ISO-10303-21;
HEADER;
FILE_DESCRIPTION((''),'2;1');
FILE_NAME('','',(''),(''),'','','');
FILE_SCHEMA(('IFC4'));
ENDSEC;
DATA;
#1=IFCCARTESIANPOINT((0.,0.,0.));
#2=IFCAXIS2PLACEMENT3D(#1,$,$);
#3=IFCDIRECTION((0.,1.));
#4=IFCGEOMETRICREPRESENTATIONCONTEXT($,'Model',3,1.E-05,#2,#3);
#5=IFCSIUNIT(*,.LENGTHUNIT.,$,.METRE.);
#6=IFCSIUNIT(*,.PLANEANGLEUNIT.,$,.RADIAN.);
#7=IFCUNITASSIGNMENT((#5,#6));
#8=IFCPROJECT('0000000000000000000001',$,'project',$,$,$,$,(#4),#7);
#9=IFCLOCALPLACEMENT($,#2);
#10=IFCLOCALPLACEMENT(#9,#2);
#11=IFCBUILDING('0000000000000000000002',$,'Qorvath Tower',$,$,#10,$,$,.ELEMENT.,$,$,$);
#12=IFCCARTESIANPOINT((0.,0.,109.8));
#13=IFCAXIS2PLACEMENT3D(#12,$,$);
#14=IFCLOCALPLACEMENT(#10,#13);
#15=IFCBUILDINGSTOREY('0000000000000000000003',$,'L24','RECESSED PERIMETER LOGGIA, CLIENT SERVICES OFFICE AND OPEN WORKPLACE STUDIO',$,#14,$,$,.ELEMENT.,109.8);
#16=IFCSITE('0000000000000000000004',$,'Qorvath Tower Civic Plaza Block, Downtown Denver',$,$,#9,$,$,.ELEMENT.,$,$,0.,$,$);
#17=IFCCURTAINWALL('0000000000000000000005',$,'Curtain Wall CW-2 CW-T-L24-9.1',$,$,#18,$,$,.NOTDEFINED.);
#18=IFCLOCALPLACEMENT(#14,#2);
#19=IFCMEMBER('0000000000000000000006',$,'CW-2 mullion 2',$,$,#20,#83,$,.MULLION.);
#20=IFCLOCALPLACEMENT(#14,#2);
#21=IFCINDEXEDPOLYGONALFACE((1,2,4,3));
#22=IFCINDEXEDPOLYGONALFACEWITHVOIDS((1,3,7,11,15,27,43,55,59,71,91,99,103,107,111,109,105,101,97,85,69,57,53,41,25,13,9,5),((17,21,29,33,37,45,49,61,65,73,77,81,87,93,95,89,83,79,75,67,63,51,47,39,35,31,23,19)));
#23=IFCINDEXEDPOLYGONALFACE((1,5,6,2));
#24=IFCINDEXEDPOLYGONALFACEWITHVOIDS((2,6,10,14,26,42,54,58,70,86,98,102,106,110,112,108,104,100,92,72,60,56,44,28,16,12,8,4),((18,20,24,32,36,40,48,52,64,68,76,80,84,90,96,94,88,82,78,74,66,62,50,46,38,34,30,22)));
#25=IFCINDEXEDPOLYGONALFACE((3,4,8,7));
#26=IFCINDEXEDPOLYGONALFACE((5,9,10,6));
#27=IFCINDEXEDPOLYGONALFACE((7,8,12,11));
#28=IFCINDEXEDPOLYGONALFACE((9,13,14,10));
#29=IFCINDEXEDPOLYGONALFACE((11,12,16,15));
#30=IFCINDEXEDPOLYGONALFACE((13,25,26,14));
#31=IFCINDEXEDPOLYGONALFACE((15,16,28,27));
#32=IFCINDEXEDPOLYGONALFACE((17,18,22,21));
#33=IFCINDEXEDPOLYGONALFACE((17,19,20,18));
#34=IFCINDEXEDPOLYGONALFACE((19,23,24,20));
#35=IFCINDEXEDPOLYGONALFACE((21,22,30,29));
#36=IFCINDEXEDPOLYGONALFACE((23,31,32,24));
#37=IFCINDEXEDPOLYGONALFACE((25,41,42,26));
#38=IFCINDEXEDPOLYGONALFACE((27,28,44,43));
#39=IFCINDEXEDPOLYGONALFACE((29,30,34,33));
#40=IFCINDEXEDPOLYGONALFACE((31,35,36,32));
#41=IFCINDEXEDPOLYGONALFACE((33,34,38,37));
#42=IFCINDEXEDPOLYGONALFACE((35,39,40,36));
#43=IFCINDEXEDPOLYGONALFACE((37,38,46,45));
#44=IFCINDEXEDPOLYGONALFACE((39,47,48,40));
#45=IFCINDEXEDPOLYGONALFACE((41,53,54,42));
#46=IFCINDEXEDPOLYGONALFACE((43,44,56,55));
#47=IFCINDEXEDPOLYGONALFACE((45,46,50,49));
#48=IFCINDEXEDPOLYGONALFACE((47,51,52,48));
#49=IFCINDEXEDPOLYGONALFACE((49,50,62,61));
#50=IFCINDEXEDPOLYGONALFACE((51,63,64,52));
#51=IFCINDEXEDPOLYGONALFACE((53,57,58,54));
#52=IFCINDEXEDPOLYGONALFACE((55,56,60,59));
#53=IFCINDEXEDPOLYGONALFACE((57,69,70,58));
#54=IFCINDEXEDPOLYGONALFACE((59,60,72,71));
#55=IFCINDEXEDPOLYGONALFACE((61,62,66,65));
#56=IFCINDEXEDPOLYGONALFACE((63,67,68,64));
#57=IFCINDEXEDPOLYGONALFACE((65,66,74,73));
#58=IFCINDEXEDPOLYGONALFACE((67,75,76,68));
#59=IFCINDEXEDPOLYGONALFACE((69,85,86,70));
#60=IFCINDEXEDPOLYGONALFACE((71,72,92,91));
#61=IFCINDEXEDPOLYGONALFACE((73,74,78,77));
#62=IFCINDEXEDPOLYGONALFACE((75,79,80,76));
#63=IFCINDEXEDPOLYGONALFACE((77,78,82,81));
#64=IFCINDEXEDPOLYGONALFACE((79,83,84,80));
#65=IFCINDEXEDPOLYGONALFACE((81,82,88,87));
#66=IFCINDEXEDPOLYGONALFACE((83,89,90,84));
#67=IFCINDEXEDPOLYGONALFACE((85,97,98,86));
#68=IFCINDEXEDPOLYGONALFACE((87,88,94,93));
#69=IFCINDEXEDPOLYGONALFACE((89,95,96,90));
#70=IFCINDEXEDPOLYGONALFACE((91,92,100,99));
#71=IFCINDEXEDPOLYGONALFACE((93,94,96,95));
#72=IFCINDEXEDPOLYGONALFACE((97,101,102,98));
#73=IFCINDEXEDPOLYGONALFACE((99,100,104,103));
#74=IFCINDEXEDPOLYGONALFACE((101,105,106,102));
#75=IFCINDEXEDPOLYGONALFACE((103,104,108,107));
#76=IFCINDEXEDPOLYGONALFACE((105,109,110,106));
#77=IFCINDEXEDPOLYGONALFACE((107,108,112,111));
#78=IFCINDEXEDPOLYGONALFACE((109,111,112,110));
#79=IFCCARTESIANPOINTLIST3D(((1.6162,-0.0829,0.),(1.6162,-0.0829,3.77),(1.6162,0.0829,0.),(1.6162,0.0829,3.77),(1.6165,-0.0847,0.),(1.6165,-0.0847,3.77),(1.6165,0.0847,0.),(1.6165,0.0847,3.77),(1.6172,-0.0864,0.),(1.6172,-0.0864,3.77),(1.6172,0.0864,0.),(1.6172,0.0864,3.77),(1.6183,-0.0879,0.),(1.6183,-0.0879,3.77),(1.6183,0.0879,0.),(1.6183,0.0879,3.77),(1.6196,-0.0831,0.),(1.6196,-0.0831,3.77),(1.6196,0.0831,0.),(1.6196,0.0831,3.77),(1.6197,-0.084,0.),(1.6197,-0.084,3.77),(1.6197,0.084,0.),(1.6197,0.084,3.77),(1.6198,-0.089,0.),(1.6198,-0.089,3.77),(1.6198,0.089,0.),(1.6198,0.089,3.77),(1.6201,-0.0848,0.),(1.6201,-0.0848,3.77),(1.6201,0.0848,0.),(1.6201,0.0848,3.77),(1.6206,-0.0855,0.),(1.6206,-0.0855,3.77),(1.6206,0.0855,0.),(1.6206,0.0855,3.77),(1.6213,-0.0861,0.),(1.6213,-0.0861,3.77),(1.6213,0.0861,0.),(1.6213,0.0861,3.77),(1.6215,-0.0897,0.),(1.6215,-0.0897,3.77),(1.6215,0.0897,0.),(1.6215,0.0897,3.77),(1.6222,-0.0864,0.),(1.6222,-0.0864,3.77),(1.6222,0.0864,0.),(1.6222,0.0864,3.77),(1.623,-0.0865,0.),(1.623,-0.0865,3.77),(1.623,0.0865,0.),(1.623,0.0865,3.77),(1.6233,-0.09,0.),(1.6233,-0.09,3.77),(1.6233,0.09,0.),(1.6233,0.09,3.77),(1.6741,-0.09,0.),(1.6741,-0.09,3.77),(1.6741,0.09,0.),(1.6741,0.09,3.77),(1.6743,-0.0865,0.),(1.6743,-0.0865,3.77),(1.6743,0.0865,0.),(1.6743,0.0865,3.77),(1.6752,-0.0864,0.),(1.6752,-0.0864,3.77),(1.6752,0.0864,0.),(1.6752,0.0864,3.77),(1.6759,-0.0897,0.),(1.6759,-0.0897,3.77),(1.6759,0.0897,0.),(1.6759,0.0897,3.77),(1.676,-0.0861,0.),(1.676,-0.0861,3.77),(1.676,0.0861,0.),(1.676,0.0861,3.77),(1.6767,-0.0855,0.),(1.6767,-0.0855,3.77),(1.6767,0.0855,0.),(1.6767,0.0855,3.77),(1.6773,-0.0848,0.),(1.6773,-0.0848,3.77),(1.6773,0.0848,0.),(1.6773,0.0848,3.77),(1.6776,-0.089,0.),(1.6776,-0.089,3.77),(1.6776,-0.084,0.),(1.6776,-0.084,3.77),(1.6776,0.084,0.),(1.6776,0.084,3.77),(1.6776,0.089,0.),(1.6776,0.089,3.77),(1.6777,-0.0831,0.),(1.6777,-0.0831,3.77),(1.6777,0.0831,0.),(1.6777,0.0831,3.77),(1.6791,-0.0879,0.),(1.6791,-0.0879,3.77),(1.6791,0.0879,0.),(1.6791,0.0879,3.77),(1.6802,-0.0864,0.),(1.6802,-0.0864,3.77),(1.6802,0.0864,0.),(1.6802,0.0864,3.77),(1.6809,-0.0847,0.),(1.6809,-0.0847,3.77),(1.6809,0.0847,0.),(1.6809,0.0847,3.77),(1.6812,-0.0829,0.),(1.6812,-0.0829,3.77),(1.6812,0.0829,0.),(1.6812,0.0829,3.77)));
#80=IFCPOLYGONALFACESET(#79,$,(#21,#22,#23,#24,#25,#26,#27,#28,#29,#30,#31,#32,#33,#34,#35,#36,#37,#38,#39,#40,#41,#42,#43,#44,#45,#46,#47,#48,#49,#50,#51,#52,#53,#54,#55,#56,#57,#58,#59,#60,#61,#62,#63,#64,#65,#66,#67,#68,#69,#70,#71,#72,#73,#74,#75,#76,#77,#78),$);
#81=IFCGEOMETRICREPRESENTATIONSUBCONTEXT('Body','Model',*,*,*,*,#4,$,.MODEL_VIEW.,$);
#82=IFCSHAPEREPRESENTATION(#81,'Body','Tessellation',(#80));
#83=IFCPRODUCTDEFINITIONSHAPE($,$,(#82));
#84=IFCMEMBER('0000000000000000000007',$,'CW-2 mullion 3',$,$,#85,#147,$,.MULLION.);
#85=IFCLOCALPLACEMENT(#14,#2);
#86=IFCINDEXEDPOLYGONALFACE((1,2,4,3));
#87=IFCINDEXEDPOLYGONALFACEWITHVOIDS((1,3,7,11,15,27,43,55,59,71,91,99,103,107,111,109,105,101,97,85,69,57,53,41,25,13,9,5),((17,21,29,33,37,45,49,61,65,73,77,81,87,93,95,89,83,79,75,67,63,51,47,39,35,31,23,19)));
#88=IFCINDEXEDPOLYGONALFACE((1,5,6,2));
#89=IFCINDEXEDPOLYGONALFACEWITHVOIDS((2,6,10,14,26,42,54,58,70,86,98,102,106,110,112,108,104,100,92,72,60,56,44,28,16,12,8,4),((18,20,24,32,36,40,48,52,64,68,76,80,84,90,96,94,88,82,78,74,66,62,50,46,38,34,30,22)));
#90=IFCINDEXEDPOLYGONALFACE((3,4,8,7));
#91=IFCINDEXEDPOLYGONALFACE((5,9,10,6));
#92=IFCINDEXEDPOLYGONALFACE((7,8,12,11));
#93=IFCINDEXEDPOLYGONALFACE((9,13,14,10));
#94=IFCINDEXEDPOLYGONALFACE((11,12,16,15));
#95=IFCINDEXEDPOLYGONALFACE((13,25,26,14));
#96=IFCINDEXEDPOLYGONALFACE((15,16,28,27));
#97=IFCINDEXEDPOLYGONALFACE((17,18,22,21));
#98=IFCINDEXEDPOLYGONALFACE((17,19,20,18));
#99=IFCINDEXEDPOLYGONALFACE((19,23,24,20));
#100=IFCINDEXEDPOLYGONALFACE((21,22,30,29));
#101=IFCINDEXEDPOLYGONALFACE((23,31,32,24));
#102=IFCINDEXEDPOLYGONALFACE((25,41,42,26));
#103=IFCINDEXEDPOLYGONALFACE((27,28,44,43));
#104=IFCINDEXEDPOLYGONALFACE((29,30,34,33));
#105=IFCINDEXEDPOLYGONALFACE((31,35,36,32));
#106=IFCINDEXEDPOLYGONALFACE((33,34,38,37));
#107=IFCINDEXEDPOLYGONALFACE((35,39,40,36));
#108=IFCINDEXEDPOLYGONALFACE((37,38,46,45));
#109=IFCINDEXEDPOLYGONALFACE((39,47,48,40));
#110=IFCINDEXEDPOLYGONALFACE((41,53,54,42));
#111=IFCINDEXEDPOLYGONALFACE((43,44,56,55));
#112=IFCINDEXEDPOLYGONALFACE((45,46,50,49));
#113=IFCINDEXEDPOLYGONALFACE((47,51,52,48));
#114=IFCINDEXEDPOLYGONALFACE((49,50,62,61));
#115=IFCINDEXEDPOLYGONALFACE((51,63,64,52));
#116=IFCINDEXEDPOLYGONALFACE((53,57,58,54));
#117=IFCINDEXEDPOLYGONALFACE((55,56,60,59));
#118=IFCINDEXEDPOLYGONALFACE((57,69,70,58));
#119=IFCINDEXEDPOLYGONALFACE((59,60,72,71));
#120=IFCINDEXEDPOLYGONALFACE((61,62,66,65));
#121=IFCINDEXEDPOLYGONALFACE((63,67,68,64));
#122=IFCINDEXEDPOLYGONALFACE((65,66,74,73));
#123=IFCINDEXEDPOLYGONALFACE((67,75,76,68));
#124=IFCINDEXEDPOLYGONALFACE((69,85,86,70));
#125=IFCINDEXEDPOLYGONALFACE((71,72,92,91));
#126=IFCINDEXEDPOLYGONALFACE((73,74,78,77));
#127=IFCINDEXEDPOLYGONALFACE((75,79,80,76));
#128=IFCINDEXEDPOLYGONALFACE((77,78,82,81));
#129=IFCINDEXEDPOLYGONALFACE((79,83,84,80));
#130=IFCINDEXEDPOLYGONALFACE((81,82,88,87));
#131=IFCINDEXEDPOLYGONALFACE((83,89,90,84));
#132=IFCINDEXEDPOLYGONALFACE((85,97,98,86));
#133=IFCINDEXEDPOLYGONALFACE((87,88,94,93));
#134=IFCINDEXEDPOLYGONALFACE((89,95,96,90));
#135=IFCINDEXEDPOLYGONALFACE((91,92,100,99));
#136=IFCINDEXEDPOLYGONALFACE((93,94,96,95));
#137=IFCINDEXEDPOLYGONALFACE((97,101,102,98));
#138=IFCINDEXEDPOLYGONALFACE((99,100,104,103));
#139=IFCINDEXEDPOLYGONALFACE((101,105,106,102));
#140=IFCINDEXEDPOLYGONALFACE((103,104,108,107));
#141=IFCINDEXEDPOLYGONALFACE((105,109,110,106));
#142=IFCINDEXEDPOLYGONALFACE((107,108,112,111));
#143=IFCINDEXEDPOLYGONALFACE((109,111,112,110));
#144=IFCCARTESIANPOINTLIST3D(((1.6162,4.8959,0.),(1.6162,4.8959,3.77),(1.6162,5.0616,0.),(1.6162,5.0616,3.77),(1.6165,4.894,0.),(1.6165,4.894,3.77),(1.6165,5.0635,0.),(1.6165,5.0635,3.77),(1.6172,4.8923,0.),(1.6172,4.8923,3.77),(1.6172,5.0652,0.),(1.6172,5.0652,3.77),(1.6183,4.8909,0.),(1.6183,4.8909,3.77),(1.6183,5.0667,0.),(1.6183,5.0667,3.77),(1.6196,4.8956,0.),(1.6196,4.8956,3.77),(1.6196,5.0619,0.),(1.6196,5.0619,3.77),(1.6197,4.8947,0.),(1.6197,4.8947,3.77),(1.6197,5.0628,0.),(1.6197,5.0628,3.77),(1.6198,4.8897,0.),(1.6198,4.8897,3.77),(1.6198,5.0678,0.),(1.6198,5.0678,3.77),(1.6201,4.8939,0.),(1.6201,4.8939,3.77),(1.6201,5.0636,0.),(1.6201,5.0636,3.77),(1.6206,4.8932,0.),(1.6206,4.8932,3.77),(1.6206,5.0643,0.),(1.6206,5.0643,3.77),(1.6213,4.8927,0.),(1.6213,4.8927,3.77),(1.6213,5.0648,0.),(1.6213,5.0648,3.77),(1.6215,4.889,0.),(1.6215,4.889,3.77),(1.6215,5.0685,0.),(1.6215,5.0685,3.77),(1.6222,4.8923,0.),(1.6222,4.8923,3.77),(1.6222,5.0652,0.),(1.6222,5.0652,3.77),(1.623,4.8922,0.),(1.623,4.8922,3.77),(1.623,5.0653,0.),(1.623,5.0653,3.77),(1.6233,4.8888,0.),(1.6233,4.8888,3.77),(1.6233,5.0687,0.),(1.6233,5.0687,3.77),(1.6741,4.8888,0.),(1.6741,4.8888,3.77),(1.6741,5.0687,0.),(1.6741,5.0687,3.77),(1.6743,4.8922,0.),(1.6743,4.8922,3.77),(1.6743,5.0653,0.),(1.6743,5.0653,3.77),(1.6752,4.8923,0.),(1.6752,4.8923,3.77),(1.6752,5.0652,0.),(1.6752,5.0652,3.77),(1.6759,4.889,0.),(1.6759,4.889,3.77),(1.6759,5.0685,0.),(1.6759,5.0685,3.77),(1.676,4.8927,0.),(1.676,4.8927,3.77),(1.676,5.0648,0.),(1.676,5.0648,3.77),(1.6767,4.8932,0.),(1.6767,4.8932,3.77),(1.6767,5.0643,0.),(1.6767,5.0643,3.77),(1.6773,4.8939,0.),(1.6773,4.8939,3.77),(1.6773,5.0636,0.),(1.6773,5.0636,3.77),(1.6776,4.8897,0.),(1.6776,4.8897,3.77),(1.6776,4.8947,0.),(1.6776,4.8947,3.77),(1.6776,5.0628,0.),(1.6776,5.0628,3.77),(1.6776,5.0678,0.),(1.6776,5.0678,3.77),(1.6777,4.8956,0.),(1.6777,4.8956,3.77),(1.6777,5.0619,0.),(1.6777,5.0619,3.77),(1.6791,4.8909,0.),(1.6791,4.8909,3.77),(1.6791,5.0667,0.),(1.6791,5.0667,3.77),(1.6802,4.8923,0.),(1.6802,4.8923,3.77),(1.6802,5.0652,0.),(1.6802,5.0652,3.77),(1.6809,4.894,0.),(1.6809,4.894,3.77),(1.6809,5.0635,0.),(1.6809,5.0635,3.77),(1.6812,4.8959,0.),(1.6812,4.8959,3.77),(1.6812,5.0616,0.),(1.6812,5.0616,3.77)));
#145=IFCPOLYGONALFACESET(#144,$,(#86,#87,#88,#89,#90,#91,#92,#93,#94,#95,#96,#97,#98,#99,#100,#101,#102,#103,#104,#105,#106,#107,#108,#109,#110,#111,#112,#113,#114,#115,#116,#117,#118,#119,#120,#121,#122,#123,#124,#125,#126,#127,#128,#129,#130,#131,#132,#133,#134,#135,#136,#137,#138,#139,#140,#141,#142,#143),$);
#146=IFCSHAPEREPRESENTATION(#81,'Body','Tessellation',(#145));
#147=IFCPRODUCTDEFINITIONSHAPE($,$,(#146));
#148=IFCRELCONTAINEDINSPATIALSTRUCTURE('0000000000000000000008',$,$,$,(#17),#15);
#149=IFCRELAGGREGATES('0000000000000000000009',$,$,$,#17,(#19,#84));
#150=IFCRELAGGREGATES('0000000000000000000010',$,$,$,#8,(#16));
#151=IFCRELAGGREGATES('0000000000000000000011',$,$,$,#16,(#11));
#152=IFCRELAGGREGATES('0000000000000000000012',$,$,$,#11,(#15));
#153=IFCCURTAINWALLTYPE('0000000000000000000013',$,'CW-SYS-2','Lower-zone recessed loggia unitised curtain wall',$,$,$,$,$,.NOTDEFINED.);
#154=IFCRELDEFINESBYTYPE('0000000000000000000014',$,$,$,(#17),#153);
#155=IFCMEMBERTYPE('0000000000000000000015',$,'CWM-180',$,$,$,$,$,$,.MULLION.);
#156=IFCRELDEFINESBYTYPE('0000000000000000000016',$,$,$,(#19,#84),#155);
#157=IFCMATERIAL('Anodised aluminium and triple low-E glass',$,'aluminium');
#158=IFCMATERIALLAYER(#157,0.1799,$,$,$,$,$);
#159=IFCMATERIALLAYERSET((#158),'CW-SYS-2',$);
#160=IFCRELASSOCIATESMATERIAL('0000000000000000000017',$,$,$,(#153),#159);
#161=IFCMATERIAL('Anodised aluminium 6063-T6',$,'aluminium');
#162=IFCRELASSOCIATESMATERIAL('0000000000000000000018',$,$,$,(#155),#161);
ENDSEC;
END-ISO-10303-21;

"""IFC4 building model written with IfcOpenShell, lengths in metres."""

from ifc_helpers import new_model, si_unit, direction, frame, origin, origin_2d, place, context, subcontext, project, spatial, hollow_rectangle, extrude, material, layer, layer_set, material_profile, profile_set, type_object, element, aggregate, save


model = new_model("IFC4")

# Units and contexts
model_context = context("Model", 3, precision=1e-05, world=origin(), true_north=direction((0.0, 1.0)))
body_context = subcontext(model_context, "Body", "Model", "MODEL_VIEW")
ifc_project = project(units=[si_unit("LENGTHUNIT", "METRE"), si_unit("PLANEANGLEUNIT", "RADIAN")], contexts=[model_context])

# Site, building, storey
site_placement = place(None, origin())
site = spatial("IfcSite", under=ifc_project, at=site_placement, Name="Qorvath Tower Civic Plaza Block, Downtown Denver", CompositionType="ELEMENT", RefElevation=0.0)
building_placement = place(site_placement, origin())
building = spatial("IfcBuilding", under=site, at=building_placement, Name="Qorvath Tower", CompositionType="ELEMENT")
storey_placement = place(building_placement, frame((0.0, 0.0, 109.8)))
storey = spatial("IfcBuildingStorey", under=building, at=storey_placement, Name="L24", Description="RECESSED PERIMETER LOGGIA, CLIENT SERVICES OFFICE AND OPEN WORKPLACE STUDIO", CompositionType="ELEMENT", Elevation=109.8)

# Curtain wall, members
ifc_material_1 = material(Name="Anodised aluminium and triple low-E glass", Category="aluminium")
ifc_layer_1 = layer(ifc_material_1, 0.1799)
ifc_layer_set_1 = layer_set([ifc_layer_1], Name="CW-SYS-2")
curtain_wall_type = type_object("IfcCurtainWallType", Name="CW-SYS-2", Description="Lower-zone recessed loggia unitised curtain wall", PredefinedType="NOTDEFINED", material=ifc_layer_set_1)
curtain_wall_placement = place(storey_placement, origin())
curtain_wall = element("IfcCurtainWall", 1, at=curtain_wall_placement, inside=storey, type_object=curtain_wall_type, Name="Curtain Wall CW-2 CW-T-L24-9.1", PredefinedType="NOTDEFINED")
ifc_material_2 = material(Name="Anodised aluminium 6063-T6", Category="aluminium")
ifc_material_profile_1 = material_profile(ifc_material_2, hollow_rectangle(XDim=0.0649, YDim=0.1799, WallThickness=0.0034, InnerFilletRadius=0.0034, OuterFilletRadius=0.0071, at=origin_2d()), Name="CWM 180x65")
ifc_profile_set_1 = profile_set([ifc_material_profile_1], Name="Anodised aluminium 6063-T6")
member_type_1 = type_object("IfcMemberType", Name="CWM-180", PredefinedType="MULLION", material=ifc_profile_set_1)
member_1_placement = place(storey_placement, frame((1.6487, 0.0, 0.0), z_axis=(0.0, 0.0, 1.0), x_axis=(-1.0, 0.0, 0.0)))
member_1 = element("IfcMember", 2, at=member_1_placement, type_object=member_type_1, Name="CW-2 mullion 2", PredefinedType="MULLION", context=body_context, shape_type="SweptSolid", body=[
    extrude(hollow_rectangle(XDim=0.0649, YDim=0.1799, WallThickness=0.0034, InnerFilletRadius=0.0034, OuterFilletRadius=0.0071, at=origin_2d()), origin(), (0.0, 0.0, 1.0), 3.77),
])
member_2_placement = place(storey_placement, frame((1.6487, 4.9788, 0.0), z_axis=(0.0, 0.0, 1.0), x_axis=(-1.0, 0.0, 0.0)))
member_2 = element("IfcMember", 3, at=member_2_placement, type_object=member_type_1, Name="CW-2 mullion 3", PredefinedType="MULLION", context=body_context, shape_type="SweptSolid", body=[
    extrude(hollow_rectangle(XDim=0.0649, YDim=0.1799, WallThickness=0.0034, InnerFilletRadius=0.0034, OuterFilletRadius=0.0071, at=origin_2d()), origin(), (0.0, 0.0, 1.0), 3.77),
])
aggregate(curtain_wall, [member_1, member_2])

save(model, "model.ifc")
